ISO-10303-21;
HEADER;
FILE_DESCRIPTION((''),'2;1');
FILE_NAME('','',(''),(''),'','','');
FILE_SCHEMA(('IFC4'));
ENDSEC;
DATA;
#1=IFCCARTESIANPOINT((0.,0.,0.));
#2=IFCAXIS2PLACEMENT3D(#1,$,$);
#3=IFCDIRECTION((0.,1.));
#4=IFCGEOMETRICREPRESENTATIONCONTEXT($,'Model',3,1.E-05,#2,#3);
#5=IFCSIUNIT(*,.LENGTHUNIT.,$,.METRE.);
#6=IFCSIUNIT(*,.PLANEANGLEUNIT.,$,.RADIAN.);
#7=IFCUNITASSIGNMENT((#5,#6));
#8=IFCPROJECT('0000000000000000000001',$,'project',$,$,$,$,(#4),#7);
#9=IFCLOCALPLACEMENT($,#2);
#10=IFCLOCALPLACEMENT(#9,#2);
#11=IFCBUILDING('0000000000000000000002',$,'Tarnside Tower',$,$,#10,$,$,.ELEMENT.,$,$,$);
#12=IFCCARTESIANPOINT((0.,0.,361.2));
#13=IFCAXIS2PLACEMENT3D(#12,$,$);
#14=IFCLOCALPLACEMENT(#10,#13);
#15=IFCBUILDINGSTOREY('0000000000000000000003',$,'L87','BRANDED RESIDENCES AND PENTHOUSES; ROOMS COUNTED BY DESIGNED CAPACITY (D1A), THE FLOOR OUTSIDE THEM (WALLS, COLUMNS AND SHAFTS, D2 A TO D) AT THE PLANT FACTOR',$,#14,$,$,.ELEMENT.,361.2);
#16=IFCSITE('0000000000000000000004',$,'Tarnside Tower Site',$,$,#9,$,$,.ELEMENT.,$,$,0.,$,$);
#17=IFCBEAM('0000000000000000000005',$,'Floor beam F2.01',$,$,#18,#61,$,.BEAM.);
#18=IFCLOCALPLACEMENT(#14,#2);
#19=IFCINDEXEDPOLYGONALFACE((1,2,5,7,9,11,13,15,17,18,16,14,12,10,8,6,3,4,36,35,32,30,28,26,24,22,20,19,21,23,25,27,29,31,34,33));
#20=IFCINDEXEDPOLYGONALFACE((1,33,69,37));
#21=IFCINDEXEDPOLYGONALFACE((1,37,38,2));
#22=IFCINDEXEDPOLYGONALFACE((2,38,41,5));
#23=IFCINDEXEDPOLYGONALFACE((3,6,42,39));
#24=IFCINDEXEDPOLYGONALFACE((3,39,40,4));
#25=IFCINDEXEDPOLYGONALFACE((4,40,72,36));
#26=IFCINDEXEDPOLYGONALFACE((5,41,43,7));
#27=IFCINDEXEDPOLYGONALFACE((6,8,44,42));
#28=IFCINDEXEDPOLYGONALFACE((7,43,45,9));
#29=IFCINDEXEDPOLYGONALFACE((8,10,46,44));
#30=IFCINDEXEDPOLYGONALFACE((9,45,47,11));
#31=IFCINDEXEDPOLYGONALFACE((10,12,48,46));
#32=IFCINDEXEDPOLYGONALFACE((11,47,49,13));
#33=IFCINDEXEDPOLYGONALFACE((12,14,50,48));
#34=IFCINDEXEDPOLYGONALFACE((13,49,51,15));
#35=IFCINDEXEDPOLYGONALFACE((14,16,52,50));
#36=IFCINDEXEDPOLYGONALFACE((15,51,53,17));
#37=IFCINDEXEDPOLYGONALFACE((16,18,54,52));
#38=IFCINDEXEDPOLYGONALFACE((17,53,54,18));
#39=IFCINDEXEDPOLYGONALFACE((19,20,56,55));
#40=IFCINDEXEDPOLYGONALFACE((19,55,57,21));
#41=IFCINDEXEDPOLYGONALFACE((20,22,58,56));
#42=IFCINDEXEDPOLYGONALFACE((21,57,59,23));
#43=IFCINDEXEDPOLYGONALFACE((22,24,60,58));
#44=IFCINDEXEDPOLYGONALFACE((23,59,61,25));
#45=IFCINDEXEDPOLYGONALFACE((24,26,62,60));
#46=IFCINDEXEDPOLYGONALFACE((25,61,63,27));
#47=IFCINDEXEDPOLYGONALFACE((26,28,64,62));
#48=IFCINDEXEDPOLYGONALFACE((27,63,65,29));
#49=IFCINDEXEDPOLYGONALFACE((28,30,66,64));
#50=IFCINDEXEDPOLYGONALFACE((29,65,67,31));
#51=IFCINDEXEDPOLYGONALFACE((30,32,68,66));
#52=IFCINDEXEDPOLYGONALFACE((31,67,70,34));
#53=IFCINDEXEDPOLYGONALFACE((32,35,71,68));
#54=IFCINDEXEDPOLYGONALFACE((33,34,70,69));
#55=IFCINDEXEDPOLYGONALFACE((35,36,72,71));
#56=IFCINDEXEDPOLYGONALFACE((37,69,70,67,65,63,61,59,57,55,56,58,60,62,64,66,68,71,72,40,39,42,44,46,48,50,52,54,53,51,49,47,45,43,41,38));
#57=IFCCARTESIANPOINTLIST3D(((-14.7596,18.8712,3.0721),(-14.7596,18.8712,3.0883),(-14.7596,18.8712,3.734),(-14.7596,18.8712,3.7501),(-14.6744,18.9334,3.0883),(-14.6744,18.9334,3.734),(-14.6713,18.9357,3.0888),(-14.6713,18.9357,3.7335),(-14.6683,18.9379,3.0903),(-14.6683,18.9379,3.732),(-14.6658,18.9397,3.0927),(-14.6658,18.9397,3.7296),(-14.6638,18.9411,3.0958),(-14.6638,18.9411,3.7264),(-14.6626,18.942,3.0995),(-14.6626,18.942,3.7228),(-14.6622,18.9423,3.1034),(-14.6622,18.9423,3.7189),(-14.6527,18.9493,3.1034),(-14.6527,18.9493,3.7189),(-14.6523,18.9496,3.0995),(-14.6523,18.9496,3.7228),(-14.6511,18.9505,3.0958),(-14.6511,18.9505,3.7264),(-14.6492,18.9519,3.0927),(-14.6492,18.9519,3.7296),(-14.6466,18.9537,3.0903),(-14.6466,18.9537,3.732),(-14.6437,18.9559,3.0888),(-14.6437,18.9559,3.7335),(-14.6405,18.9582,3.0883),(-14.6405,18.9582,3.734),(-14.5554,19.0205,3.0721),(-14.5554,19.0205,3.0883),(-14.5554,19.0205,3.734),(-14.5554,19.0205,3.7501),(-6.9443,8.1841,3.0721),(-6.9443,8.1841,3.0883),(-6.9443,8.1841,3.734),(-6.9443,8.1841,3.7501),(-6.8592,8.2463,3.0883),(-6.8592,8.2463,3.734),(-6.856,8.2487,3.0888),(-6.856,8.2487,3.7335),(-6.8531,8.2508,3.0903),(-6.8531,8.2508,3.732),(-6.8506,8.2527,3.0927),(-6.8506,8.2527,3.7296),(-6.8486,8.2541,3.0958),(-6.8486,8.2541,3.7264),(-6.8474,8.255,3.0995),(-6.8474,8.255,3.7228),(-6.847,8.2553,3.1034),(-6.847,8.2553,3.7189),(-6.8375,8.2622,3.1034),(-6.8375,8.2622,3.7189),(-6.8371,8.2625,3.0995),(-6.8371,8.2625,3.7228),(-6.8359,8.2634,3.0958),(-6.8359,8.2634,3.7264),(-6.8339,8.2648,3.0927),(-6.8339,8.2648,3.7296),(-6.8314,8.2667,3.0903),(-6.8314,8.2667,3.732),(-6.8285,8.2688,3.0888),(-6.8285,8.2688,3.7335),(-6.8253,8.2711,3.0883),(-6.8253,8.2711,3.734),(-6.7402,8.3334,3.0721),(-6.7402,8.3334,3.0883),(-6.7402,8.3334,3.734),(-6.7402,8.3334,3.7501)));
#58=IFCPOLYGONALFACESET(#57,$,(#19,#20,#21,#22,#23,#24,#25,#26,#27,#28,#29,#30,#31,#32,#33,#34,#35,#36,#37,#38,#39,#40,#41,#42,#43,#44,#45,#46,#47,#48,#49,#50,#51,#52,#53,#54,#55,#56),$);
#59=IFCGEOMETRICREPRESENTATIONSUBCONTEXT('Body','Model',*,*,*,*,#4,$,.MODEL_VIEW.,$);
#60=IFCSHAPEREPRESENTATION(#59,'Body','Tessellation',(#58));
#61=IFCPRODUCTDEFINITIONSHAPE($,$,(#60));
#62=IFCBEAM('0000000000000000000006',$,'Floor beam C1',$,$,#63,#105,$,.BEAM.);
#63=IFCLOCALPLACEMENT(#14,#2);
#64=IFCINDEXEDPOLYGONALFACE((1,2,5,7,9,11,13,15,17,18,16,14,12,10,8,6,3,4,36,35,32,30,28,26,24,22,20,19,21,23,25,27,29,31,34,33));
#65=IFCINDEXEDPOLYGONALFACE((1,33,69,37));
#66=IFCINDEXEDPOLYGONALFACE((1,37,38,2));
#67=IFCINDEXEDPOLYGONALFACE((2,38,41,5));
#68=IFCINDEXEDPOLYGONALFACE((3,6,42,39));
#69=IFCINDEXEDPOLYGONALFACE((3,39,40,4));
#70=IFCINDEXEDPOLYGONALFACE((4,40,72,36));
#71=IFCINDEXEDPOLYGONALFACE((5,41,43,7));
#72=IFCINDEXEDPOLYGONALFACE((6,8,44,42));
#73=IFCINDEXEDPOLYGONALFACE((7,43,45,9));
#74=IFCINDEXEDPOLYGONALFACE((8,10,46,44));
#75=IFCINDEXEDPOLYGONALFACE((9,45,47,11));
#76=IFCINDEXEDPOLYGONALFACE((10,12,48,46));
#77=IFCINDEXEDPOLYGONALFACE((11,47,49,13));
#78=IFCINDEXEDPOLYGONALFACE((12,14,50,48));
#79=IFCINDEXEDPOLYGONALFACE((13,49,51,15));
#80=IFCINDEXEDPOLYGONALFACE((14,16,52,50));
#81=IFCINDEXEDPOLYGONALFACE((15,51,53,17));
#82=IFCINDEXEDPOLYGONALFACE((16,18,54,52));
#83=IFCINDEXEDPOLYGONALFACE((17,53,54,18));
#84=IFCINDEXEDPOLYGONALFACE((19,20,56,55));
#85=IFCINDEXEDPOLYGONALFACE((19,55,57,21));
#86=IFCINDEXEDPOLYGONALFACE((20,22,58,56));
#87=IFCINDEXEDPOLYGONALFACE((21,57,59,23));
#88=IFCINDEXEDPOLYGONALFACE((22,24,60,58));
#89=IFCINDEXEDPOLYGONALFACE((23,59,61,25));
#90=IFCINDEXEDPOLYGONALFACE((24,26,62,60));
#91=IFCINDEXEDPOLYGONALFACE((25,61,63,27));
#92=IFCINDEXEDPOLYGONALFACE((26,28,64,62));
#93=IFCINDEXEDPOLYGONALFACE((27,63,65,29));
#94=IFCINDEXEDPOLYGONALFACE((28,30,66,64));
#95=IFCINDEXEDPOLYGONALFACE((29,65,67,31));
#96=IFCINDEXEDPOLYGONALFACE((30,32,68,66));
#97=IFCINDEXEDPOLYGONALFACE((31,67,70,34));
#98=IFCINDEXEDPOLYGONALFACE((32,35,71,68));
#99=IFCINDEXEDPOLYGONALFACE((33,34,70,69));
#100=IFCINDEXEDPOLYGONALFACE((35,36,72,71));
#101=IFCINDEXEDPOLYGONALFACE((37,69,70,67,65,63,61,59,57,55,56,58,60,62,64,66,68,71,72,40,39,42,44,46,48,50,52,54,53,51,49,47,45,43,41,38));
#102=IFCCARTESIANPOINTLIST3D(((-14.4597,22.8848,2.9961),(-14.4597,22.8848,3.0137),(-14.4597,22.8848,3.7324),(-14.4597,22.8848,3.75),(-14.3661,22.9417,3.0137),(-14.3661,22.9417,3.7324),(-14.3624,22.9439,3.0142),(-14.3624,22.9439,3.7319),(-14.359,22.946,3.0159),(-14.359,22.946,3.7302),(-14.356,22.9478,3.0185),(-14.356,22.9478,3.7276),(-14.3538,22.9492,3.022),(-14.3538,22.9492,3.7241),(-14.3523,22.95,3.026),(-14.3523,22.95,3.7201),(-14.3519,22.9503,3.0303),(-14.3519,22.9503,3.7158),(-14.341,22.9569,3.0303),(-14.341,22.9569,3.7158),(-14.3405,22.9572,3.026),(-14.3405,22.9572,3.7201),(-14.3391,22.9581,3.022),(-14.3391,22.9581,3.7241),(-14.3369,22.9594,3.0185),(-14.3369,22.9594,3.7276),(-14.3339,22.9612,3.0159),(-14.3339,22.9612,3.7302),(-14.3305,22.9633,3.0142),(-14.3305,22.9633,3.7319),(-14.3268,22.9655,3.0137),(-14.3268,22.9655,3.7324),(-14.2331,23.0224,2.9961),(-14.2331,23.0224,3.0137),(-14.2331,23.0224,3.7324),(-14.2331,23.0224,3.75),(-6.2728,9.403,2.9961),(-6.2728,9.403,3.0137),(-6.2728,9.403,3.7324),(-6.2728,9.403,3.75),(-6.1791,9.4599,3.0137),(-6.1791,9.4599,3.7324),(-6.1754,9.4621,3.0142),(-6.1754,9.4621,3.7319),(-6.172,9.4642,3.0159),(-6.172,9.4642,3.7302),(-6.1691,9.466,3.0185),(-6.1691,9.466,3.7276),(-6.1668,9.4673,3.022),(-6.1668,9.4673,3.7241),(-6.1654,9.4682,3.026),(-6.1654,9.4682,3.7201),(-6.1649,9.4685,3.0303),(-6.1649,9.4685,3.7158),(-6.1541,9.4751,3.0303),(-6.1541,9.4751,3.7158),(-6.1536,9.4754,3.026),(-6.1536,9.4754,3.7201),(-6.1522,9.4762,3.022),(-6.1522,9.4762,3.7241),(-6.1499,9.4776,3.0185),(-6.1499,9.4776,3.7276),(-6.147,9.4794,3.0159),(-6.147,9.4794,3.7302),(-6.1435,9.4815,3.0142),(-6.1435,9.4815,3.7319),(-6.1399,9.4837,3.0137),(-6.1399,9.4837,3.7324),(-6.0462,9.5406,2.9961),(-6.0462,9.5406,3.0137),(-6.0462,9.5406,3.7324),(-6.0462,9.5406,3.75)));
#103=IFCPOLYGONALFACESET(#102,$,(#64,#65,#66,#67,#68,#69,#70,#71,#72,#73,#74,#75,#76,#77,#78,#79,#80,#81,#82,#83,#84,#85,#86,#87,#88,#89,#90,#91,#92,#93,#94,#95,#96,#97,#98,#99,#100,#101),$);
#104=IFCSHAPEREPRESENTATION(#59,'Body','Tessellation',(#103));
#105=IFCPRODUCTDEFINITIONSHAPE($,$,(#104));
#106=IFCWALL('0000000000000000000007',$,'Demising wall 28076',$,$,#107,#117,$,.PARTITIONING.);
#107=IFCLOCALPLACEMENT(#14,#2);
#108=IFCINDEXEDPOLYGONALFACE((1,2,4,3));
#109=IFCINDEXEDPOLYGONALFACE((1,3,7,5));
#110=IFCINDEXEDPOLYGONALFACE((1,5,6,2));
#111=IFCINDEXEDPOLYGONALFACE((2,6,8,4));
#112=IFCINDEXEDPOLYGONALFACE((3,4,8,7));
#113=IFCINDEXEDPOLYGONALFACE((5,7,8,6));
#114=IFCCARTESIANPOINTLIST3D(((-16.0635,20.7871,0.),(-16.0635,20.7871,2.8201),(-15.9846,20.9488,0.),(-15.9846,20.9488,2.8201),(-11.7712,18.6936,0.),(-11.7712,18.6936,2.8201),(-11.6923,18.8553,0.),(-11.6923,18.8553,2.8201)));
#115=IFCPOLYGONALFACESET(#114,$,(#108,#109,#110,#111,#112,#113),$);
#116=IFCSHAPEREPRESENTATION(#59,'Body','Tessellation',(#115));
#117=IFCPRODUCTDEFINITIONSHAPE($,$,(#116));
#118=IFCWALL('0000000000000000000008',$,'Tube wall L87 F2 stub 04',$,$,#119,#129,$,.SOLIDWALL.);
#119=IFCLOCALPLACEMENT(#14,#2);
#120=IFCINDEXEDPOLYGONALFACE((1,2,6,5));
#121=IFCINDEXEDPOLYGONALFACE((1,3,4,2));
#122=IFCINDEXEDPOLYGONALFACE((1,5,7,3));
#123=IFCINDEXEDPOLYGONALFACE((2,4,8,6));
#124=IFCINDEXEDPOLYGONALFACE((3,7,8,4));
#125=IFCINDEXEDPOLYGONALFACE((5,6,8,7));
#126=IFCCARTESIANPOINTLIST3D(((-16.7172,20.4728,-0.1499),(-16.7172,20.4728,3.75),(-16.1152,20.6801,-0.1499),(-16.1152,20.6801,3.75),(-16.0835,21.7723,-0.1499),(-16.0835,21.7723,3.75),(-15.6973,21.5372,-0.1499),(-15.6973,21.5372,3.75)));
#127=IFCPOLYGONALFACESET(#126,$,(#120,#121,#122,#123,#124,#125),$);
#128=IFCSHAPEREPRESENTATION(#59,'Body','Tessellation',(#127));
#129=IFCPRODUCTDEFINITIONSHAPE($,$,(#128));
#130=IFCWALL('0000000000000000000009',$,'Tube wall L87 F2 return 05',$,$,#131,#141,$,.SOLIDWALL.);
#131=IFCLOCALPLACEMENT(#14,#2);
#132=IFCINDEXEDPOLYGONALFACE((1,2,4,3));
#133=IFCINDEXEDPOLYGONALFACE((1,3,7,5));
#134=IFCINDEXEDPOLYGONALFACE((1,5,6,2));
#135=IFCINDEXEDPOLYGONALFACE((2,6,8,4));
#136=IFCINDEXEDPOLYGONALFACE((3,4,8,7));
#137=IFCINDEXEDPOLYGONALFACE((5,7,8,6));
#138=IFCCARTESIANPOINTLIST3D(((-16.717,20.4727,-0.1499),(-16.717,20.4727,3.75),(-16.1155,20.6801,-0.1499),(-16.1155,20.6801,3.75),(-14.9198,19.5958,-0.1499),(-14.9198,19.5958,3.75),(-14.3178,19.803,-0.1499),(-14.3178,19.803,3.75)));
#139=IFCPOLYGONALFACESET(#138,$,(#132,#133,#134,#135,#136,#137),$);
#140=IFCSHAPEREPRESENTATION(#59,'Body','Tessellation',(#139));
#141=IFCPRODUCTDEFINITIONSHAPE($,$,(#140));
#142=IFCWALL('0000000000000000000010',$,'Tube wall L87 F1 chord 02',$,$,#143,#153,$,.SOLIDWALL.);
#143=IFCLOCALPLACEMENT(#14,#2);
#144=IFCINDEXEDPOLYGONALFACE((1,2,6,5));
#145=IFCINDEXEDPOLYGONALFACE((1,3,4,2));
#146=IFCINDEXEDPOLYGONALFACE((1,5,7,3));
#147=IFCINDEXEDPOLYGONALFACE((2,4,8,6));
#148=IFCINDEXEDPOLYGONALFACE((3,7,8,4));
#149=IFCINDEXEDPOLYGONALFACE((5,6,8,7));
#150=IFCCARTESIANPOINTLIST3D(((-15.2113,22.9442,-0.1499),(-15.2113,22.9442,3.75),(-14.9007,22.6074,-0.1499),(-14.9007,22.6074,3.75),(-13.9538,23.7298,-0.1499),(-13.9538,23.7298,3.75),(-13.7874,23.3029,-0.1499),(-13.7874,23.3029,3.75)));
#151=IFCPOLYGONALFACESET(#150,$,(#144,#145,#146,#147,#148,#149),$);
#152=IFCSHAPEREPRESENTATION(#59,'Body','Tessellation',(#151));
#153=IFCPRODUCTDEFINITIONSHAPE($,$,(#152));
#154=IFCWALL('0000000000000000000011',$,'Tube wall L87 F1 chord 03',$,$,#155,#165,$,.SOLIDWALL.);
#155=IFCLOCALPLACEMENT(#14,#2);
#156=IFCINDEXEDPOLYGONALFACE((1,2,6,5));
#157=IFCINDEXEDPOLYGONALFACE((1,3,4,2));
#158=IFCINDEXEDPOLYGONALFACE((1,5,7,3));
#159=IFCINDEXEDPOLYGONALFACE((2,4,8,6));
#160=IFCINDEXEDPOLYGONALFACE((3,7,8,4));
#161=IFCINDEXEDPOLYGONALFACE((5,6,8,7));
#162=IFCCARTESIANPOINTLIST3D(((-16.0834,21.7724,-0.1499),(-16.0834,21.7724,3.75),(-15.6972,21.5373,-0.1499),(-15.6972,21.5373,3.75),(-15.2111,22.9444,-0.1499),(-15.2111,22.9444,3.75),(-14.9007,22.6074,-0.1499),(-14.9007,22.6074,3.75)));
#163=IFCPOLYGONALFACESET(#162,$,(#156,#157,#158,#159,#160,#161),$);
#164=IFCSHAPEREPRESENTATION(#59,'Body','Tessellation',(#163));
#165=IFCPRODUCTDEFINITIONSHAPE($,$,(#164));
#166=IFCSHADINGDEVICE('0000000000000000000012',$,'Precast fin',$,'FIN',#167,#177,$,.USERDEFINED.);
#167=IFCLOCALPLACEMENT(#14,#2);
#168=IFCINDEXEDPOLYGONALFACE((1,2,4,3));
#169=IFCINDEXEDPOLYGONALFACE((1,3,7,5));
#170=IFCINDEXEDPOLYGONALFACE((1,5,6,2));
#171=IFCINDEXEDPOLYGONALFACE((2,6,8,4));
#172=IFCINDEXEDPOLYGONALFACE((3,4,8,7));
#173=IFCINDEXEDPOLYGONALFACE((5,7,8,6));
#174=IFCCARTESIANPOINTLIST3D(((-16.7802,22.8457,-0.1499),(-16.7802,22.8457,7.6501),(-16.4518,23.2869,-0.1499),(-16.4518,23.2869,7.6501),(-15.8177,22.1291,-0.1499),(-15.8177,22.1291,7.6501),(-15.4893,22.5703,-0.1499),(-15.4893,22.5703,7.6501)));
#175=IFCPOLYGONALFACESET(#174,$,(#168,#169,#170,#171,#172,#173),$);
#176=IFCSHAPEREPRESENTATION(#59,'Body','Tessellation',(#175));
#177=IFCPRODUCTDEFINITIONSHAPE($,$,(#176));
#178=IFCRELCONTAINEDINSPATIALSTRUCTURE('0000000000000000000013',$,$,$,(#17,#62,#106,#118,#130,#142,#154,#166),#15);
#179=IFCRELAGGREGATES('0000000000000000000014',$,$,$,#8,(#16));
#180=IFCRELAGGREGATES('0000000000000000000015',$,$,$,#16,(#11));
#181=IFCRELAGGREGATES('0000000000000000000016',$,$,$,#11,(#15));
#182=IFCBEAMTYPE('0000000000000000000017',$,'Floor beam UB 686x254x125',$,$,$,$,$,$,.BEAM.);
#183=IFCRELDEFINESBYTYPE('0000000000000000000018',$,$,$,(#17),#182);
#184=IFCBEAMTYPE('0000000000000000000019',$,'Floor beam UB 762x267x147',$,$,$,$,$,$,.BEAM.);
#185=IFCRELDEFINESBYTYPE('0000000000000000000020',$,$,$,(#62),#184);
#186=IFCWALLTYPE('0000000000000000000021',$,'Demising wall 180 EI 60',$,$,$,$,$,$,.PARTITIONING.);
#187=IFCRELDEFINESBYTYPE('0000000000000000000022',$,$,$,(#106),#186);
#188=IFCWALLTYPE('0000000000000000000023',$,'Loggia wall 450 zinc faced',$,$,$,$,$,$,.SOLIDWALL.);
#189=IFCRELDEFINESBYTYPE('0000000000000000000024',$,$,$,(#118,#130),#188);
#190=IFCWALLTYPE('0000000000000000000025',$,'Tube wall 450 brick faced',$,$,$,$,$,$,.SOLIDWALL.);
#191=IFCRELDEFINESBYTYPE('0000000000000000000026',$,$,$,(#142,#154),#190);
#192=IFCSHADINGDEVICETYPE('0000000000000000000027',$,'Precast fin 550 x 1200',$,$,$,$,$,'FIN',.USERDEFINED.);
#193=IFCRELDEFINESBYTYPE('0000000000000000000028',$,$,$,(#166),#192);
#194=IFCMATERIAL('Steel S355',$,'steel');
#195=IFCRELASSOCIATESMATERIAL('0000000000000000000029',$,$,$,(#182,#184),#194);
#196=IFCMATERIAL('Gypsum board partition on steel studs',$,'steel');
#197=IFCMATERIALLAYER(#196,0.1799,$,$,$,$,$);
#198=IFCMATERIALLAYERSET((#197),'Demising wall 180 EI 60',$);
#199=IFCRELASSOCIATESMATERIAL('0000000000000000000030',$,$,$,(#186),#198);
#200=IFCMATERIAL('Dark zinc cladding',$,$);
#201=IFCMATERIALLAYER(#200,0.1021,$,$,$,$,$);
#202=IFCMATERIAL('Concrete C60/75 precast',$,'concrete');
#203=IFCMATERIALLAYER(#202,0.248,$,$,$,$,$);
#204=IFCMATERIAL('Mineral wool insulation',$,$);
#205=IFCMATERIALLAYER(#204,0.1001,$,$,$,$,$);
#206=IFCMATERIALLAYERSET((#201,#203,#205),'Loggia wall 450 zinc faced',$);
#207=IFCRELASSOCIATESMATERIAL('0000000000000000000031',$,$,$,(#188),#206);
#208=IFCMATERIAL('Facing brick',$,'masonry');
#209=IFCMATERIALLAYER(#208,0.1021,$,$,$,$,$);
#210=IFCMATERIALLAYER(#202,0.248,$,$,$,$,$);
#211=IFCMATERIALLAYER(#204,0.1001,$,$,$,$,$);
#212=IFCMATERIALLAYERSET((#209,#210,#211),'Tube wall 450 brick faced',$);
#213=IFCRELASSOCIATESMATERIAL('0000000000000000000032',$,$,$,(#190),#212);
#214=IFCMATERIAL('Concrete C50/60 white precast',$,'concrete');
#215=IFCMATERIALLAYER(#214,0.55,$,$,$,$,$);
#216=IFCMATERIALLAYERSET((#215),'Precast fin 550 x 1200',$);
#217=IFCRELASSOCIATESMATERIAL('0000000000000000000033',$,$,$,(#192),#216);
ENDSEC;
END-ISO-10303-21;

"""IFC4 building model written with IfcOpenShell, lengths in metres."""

from ifc_helpers import new_model, si_unit, direction, frame, frame_2d, origin, origin_2d, place, context, subcontext, project, spatial, polyline, rectangle, i_section, outline, extrude, material, layer, layer_set, material_profile, profile_set, type_object, element, save


model = new_model("IFC4")

# Units and contexts
model_context = context("Model", 3, precision=1e-05, world=origin(), true_north=direction((0.0, 1.0)))
body_context = subcontext(model_context, "Body", "Model", "MODEL_VIEW")
ifc_project = project(units=[si_unit("LENGTHUNIT", "METRE"), si_unit("PLANEANGLEUNIT", "RADIAN")], contexts=[model_context])

# Site, building, storey
site_placement = place(None, origin())
site = spatial("IfcSite", under=ifc_project, at=site_placement, Name="Tarnside Tower Site", CompositionType="ELEMENT", RefElevation=0.0)
building_placement = place(site_placement, origin())
building = spatial("IfcBuilding", under=site, at=building_placement, Name="Tarnside Tower", CompositionType="ELEMENT")
storey_placement = place(building_placement, frame((0.0, 0.0, 361.2)))
storey = spatial("IfcBuildingStorey", under=building, at=storey_placement, Name="L87", Description="BRANDED RESIDENCES AND PENTHOUSES; ROOMS COUNTED BY DESIGNED CAPACITY (D1A), THE FLOOR OUTSIDE THEM (WALLS, COLUMNS AND SHAFTS, D2 A TO D) AT THE PLANT FACTOR", CompositionType="ELEMENT", Elevation=361.2)

# Beams
ifc_material_1 = material(Name="Steel S355", Category="steel")
ifc_material_profile_1 = material_profile(ifc_material_1, i_section(OverallWidth=0.2529, OverallDepth=0.678, WebThickness=0.0117, FlangeThickness=0.0161, FilletRadius=0.0151, at=origin_2d()), Name="UB 686x254x125")
ifc_profile_set_1 = profile_set([ifc_material_profile_1], Name="Steel S355")
beam_type_1 = type_object("IfcBeamType", Name="Floor beam UB 686x254x125", PredefinedType="BEAM", material=ifc_profile_set_1)
beam_1_placement = place(storey_placement, frame((-14.6575, 18.9458, 3.4111), z_axis=(0.590285, -0.807195, 0.0), x_axis=(0.807195, 0.590285, 0.0)))
element("IfcBeam", 1, at=beam_1_placement, inside=storey, type_object=beam_type_1, Name="Floor beam F2.01", PredefinedType="BEAM", context=body_context, shape_type="SweptSolid", body=[
    extrude(i_section(OverallWidth=0.2529, OverallDepth=0.678, WebThickness=0.0117, FlangeThickness=0.0161, FilletRadius=0.0151, at=origin_2d()), origin(), (0.0, 0.0, 1.0), 13.2397),
])
ifc_material_profile_2 = material_profile(ifc_material_1, i_section(OverallWidth=0.2651, OverallDepth=0.7539, WebThickness=0.0127, FlangeThickness=0.0176, FilletRadius=0.0166, at=origin_2d()), Name="UB 762x267x147")
ifc_profile_set_2 = profile_set([ifc_material_profile_2], Name="Steel S355")
beam_type_2 = type_object("IfcBeamType", Name="Floor beam UB 762x267x147", PredefinedType="BEAM", material=ifc_profile_set_2)
beam_2_placement = place(storey_placement, frame((-14.3464, 22.9536, 3.373), z_axis=(0.51905, -0.854744, 0.0), x_axis=(0.854744, 0.51905, 0.0)))
element("IfcBeam", 2, at=beam_2_placement, inside=storey, type_object=beam_type_2, Name="Floor beam C1", PredefinedType="BEAM", context=body_context, shape_type="SweptSolid", body=[
    extrude(i_section(OverallWidth=0.2651, OverallDepth=0.7539, WebThickness=0.0127, FlangeThickness=0.0176, FilletRadius=0.0166, at=origin_2d()), origin(), (0.0, 0.0, 1.0), 15.7729),
])

# Walls
ifc_material_2 = material(Name="Gypsum board partition on steel studs", Category="steel")
ifc_layer_1 = layer(ifc_material_2, 0.1799)
ifc_layer_set_1 = layer_set([ifc_layer_1], Name="Demising wall 180 EI 60")
wall_type_1 = type_object("IfcWallType", Name="Demising wall 180 EI 60", PredefinedType="PARTITIONING", material=ifc_layer_set_1)
wall_1_placement = place(storey_placement, frame((-16.0239, 20.8679, 0.0), z_axis=(0.0, 0.0, 1.0), x_axis=(0.898791, -0.438378, 0.0)))
element("IfcWall", 3, at=wall_1_placement, inside=storey, type_object=wall_type_1, Name="Demising wall 28076", PredefinedType="PARTITIONING", context=body_context, shape_type="SweptSolid", body=[
    extrude(rectangle(XDim=4.7756, YDim=0.1799, at=frame_2d((2.3877, 0.0))), origin(), (0.0, 0.0, 1.0), 2.8201),
])
ifc_material_3 = material(Name="Dark zinc cladding")
ifc_layer_2 = layer(ifc_material_3, 0.1021)
ifc_material_4 = material(Name="Concrete C60/75 precast", Category="concrete")
ifc_layer_3 = layer(ifc_material_4, 0.248)
ifc_material_5 = material(Name="Mineral wool insulation")
ifc_layer_4 = layer(ifc_material_5, 0.1001)
ifc_layer_set_2 = layer_set([ifc_layer_2, ifc_layer_3, ifc_layer_4], Name="Loggia wall 450 zinc faced")
wall_type_2 = type_object("IfcWallType", Name="Loggia wall 450 zinc faced", PredefinedType="SOLIDWALL", material=ifc_layer_set_2)
wall_2_placement = place(storey_placement, frame((-15.8904, 21.6548, -0.1499), z_axis=(0.0, 0.0, 1.0), x_axis=(-0.438319, -0.898819, 0.0)))
element("IfcWall", 4, at=wall_2_placement, inside=storey, type_object=wall_type_2, Name="Tube wall L87 F2 stub 04", PredefinedType="SOLIDWALL", context=body_context, shape_type="SweptSolid", body=[
    extrude(outline(polyline([(-0.021, -0.2251), (1.4248, -0.2251), (0.9746, 0.2251), (0.021, 0.2251), (-0.021, -0.2251)])), origin(), (0.0, 0.0, 1.0), 3.8999),
])
wall_3_placement = place(storey_placement, frame((-16.4163, 20.5764, -0.1499), z_axis=(0.0, 0.0, 1.0), x_axis=(0.898731, -0.438501, 0.0)))
element("IfcWall", 5, at=wall_3_placement, inside=storey, type_object=wall_type_2, Name="Tube wall L87 F2 return 05", PredefinedType="SOLIDWALL", context=body_context, shape_type="SweptSolid", body=[
    extrude(outline(polyline([(-0.2249, -0.2251), (1.7749, -0.2251), (2.2251, 0.2251), (0.2249, 0.2251), (-0.2249, -0.2251)])), origin(), (0.0, 0.0, 1.0), 3.8999),
])

# Walls
ifc_material_6 = material(Name="Facing brick", Category="masonry")
ifc_layer_5 = layer(ifc_material_6, 0.1021)
ifc_layer_6 = layer(ifc_material_4, 0.248)
ifc_layer_7 = layer(ifc_material_5, 0.1001)
ifc_layer_set_3 = layer_set([ifc_layer_5, ifc_layer_6, ifc_layer_7], Name="Tube wall 450 brick faced")
wall_type_3 = type_object("IfcWallType", Name="Tube wall 450 brick faced", PredefinedType="SOLIDWALL", material=ifc_layer_set_3)
wall_4_placement = place(storey_placement, frame((-13.8706, 23.5164, -0.1499), z_axis=(0.0, 0.0, 1.0), x_axis=(-0.848106, -0.529826, 0.0)))
element("IfcWall", 6, at=wall_4_placement, inside=storey, type_object=wall_type_3, Name="Tube wall L87 F1 chord 02", PredefinedType="SOLIDWALL", context=body_context, shape_type="SweptSolid", body=[
    extrude(outline(polyline([(-0.0425, -0.2251), (1.4402, -0.2251), (1.3552, 0.2251), (0.0425, 0.2251), (-0.0425, -0.2251)])), origin(), (0.0, 0.0, 1.0), 3.8999),
])
wall_5_placement = place(storey_placement, frame((-15.0559, 22.7759, -0.1499), z_axis=(0.0, 0.0, 1.0), x_axis=(-0.597089, -0.802175, 0.0)))
element("IfcWall", 7, at=wall_5_placement, inside=storey, type_object=wall_type_3, Name="Tube wall L87 F1 chord 03", PredefinedType="SOLIDWALL", context=body_context, shape_type="SweptSolid", body=[
    extrude(outline(polyline([(-0.0425, -0.2251), (1.4185, -0.2251), (1.3765, 0.2251), (0.0425, 0.2251), (-0.0425, -0.2251)])), origin(), (0.0, 0.0, 1.0), 3.8999),
])

# Shading device
ifc_material_7 = material(Name="Concrete C50/60 white precast", Category="concrete")
ifc_layer_8 = layer(ifc_material_7, 0.55)
ifc_layer_set_4 = layer_set([ifc_layer_8], Name="Precast fin 550 x 1200")
shading_device_type_1 = type_object("IfcShadingDeviceType", Name="Precast fin 550 x 1200", ElementType="FIN", PredefinedType="USERDEFINED", material=ifc_layer_set_4)
shading_device_placement = place(storey_placement, frame((-15.6536, 22.3496, -0.1499), z_axis=(0.597159, 0.802123, 0.0), x_axis=(-0.802123, 0.597159, 0.0)))
element("IfcShadingDevice", 8, at=shading_device_placement, inside=storey, type_object=shading_device_type_1, Name="Precast fin", ObjectType="FIN", PredefinedType="USERDEFINED", context=body_context, shape_type="SweptSolid", body=[
    extrude(outline(polyline([(0.0, 0.0), (1.2, 0.0), (1.2, 7.8), (0.0, 7.8), (0.0, 0.0)])), frame((0.0, 0.0, -0.2749)), (0.0, 0.0, 1.0), 0.55),
])

save(model, "model.ifc")
